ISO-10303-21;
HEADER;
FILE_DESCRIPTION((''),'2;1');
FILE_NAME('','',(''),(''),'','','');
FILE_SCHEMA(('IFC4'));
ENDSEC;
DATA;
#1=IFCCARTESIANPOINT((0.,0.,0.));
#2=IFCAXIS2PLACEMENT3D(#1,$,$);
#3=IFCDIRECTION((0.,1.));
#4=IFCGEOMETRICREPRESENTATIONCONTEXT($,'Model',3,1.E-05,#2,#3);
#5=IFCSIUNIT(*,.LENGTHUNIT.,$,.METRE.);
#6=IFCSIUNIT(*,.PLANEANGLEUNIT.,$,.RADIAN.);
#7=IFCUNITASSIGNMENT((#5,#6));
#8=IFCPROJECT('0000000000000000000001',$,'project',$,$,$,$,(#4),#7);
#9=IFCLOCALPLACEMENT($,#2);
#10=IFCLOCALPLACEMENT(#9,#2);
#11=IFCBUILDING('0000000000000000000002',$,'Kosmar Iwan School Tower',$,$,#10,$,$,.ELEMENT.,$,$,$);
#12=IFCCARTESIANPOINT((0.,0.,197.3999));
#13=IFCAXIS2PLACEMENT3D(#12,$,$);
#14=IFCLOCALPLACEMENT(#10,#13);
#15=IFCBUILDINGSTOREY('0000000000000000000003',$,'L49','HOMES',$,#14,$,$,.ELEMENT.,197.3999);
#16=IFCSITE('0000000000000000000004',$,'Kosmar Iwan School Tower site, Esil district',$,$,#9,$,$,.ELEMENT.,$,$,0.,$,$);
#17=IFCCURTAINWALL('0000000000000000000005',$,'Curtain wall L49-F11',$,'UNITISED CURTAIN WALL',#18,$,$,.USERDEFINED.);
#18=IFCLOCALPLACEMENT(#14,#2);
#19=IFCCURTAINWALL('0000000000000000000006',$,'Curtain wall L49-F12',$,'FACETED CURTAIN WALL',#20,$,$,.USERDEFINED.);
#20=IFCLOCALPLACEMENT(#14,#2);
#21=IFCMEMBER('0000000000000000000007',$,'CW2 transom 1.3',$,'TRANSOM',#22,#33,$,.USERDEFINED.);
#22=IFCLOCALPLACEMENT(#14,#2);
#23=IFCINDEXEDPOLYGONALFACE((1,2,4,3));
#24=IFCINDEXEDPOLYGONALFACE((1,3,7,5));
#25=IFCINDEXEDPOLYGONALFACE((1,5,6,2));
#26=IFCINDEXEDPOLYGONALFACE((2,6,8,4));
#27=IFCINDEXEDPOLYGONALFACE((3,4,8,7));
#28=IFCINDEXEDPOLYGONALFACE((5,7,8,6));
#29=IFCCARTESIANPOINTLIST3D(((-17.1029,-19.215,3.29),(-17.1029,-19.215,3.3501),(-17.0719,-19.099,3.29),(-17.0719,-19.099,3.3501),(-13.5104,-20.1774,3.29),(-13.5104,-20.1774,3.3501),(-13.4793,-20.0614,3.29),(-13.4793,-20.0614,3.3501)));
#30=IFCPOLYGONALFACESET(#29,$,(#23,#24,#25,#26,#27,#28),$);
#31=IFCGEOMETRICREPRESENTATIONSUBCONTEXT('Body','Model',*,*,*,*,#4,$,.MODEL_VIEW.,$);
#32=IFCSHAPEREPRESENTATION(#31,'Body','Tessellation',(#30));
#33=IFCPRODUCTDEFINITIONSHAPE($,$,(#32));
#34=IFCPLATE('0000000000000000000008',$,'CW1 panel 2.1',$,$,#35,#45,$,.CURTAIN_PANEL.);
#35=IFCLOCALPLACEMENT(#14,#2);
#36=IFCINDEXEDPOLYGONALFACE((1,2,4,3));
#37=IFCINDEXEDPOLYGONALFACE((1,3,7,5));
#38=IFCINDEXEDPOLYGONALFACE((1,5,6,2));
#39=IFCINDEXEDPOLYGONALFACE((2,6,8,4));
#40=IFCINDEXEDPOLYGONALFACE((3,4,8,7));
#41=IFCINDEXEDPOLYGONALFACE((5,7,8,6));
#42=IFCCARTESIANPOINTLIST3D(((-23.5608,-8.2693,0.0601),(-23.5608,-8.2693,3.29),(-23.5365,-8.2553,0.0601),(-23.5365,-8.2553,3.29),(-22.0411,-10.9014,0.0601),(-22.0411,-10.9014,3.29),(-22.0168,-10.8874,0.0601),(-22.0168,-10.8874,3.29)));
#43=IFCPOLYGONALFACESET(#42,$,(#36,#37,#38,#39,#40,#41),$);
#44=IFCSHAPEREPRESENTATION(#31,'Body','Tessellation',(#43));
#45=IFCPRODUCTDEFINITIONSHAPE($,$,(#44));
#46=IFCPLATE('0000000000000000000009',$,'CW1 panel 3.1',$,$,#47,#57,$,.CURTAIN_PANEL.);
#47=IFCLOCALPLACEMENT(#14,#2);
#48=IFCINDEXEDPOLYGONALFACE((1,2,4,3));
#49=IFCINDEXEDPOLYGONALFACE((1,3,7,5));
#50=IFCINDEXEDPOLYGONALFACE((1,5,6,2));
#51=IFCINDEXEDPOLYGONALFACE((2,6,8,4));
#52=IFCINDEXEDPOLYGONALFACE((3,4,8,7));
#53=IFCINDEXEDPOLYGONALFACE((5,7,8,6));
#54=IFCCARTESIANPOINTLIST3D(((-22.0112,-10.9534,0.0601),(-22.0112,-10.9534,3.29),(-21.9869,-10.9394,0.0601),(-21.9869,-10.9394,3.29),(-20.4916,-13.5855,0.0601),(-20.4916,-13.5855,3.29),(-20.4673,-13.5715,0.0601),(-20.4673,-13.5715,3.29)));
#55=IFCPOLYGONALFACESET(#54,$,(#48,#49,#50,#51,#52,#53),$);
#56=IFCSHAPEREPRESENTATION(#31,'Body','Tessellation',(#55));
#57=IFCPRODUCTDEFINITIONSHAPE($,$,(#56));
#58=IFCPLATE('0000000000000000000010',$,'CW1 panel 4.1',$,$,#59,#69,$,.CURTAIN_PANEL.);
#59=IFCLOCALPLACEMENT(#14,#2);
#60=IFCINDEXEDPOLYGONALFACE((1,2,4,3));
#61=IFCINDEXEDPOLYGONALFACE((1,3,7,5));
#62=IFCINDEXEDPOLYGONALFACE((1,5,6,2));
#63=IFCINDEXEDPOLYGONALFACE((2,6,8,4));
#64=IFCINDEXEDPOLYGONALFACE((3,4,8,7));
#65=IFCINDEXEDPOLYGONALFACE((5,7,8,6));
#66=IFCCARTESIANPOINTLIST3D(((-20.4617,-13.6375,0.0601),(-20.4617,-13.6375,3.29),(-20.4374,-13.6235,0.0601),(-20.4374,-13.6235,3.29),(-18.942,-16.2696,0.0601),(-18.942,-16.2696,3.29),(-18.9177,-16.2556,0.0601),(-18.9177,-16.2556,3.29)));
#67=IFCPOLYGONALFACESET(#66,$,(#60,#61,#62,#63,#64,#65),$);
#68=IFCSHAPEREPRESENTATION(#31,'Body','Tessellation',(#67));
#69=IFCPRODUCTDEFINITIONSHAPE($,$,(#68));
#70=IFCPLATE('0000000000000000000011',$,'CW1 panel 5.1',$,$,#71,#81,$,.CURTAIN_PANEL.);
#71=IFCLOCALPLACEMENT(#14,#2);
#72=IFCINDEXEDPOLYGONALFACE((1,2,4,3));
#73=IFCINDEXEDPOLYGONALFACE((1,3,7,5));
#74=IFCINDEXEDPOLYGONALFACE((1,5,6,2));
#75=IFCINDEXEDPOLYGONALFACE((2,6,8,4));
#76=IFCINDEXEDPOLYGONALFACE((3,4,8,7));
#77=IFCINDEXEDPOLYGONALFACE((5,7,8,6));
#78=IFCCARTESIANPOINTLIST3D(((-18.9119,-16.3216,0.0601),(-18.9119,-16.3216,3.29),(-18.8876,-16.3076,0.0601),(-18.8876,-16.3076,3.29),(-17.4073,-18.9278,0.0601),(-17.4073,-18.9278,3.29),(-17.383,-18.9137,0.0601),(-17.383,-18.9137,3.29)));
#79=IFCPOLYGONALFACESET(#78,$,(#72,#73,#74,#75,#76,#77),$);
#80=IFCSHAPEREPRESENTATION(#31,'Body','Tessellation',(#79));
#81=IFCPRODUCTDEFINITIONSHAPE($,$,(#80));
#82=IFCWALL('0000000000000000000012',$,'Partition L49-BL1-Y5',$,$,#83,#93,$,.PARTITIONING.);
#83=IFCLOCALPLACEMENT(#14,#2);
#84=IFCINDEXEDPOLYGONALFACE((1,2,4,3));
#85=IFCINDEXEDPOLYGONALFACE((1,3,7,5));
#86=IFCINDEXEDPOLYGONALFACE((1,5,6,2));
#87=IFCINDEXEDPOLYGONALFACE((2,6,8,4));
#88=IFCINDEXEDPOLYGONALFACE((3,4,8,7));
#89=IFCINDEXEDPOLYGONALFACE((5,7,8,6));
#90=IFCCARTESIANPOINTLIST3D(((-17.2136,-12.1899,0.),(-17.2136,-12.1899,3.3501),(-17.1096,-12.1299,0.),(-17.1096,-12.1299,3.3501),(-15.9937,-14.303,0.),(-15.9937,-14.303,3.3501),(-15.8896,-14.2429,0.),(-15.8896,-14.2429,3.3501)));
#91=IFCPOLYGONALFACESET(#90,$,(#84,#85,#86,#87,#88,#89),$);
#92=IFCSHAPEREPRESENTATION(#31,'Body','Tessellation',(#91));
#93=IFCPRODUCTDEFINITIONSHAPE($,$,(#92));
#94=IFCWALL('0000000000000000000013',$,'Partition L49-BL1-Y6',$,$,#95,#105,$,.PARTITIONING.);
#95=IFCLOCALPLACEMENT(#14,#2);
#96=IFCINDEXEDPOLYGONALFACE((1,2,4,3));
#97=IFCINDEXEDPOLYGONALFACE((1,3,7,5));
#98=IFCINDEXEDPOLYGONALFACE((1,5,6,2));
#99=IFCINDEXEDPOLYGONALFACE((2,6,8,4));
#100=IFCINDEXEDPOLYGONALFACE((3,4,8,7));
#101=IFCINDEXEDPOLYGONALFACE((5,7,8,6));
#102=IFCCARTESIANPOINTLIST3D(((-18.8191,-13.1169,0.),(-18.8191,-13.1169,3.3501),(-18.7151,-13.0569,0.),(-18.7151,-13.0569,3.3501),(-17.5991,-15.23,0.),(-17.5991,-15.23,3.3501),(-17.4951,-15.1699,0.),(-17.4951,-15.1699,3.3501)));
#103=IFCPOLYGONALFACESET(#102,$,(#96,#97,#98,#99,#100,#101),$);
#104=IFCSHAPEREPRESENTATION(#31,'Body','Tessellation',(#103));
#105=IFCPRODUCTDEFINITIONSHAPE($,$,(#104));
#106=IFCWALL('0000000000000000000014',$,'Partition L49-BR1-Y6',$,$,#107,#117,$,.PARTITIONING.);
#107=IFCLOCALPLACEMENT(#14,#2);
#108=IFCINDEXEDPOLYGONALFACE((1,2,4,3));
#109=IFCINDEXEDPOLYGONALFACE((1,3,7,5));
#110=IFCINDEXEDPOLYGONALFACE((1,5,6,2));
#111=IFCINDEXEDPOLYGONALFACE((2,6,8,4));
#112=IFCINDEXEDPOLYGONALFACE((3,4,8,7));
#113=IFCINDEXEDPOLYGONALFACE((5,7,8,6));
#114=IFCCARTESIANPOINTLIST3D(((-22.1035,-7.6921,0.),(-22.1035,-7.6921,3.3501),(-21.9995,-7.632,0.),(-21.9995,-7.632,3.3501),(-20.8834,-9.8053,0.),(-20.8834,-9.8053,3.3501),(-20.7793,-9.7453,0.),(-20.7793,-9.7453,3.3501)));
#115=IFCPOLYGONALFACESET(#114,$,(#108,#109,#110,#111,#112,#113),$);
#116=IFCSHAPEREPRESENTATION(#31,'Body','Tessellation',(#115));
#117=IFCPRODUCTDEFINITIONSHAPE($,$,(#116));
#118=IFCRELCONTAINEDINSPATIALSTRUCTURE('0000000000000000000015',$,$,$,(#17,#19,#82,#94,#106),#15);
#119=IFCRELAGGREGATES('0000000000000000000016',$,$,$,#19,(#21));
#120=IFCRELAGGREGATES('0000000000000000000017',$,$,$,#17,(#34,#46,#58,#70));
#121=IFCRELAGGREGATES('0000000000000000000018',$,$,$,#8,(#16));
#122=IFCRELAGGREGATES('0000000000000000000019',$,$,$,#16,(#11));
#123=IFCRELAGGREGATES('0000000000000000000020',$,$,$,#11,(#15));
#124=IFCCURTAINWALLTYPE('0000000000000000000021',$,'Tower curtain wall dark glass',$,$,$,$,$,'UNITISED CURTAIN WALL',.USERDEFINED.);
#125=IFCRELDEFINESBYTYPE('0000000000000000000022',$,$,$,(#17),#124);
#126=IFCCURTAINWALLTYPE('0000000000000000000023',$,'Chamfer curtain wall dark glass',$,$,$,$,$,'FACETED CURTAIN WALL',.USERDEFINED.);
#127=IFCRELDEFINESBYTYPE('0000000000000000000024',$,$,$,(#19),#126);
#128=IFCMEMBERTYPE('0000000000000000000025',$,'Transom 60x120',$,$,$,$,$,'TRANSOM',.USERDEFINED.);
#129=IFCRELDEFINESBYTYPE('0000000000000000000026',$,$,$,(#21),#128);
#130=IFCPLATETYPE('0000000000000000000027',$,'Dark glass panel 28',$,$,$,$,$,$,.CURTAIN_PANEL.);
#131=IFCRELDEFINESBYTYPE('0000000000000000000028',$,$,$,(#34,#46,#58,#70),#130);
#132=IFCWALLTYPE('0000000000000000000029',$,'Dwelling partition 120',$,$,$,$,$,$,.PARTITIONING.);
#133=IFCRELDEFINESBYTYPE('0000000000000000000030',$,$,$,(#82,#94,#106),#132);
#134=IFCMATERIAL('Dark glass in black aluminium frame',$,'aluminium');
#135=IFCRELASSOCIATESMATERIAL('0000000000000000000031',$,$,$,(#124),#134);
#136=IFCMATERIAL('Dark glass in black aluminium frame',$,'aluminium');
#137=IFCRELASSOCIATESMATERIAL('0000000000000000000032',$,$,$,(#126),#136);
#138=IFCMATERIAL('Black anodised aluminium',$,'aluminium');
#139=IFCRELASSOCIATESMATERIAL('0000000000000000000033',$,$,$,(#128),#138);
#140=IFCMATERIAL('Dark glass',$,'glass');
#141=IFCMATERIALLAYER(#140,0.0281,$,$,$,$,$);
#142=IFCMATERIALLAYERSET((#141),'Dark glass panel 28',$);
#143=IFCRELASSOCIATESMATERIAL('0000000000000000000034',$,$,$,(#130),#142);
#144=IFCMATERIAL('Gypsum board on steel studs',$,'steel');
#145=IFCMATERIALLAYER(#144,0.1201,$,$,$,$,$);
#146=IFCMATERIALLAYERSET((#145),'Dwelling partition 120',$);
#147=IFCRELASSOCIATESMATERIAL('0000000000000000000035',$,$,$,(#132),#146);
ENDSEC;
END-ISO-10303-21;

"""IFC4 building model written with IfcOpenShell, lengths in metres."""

from ifc_helpers import new_model, si_unit, direction, frame, frame_2d, origin, origin_2d, place, context, subcontext, project, spatial, rectangle, extrude, material, layer, layer_set, material_profile, profile_set, type_object, element, aggregate, save


model = new_model("IFC4")

# Units and contexts
model_context = context("Model", 3, precision=1e-05, world=origin(), true_north=direction((0.0, 1.0)))
body_context = subcontext(model_context, "Body", "Model", "MODEL_VIEW")
ifc_project = project(units=[si_unit("LENGTHUNIT", "METRE"), si_unit("PLANEANGLEUNIT", "RADIAN")], contexts=[model_context])

# Site, building, storey
site_placement = place(None, origin())
site = spatial("IfcSite", under=ifc_project, at=site_placement, Name="Kosmar Iwan School Tower site, Esil district", CompositionType="ELEMENT", RefElevation=0.0)
building_placement = place(site_placement, origin())
building = spatial("IfcBuilding", under=site, at=building_placement, Name="Kosmar Iwan School Tower", CompositionType="ELEMENT")
storey_placement = place(building_placement, frame((0.0, 0.0, 197.3999)))
storey = spatial("IfcBuildingStorey", under=building, at=storey_placement, Name="L49", Description="HOMES", CompositionType="ELEMENT", Elevation=197.3999)

# Curtain wall
ifc_material_1 = material(Name="Dark glass in black aluminium frame", Category="aluminium")
curtain_wall_type_1 = type_object("IfcCurtainWallType", Name="Tower curtain wall dark glass", ElementType="UNITISED CURTAIN WALL", PredefinedType="USERDEFINED", material=ifc_material_1)
curtain_wall_1_placement = place(storey_placement, origin())
curtain_wall_1 = element("IfcCurtainWall", 1, at=curtain_wall_1_placement, inside=storey, type_object=curtain_wall_type_1, Name="Curtain wall L49-F11", ObjectType="UNITISED CURTAIN WALL", PredefinedType="USERDEFINED")

# Curtain wall
ifc_material_2 = material(Name="Dark glass in black aluminium frame", Category="aluminium")
curtain_wall_type_2 = type_object("IfcCurtainWallType", Name="Chamfer curtain wall dark glass", ElementType="FACETED CURTAIN WALL", PredefinedType="USERDEFINED", material=ifc_material_2)
curtain_wall_2_placement = place(storey_placement, origin())
curtain_wall_2 = element("IfcCurtainWall", 2, at=curtain_wall_2_placement, inside=storey, type_object=curtain_wall_type_2, Name="Curtain wall L49-F12", ObjectType="FACETED CURTAIN WALL", PredefinedType="USERDEFINED")

# Member
ifc_material_3 = material(Name="Black anodised aluminium", Category="aluminium")
ifc_material_profile_1 = material_profile(ifc_material_3, rectangle(XDim=0.1201, YDim=0.0601, at=origin_2d()), Name="TRANSOM 60x120")
ifc_profile_set_1 = profile_set([ifc_material_profile_1], Name="Black anodised aluminium")
member_type_1 = type_object("IfcMemberType", Name="Transom 60x120", ElementType="TRANSOM", PredefinedType="USERDEFINED", material=ifc_profile_set_1)
member_1_placement = place(storey_placement, frame((-17.0874, -19.157, 3.3201), z_axis=(0.96594, -0.258766, 0.0), x_axis=(0.258766, 0.96594, 0.0)))
member_1 = element("IfcMember", 3, at=member_1_placement, type_object=member_type_1, Name="CW2 transom 1.3", ObjectType="TRANSOM", PredefinedType="USERDEFINED", context=body_context, shape_type="SweptSolid", body=[
    extrude(rectangle(XDim=0.1201, YDim=0.0601, at=origin_2d()), origin(), (0.0, 0.0, 1.0), 3.7192),
])
aggregate(curtain_wall_2, [member_1])

# Plates
ifc_material_4 = material(Name="Dark glass", Category="glass")
ifc_layer_1 = layer(ifc_material_4, 0.0281)
ifc_layer_set_1 = layer_set([ifc_layer_1], Name="Dark glass panel 28")
plate_type = type_object("IfcPlateType", Name="Dark glass panel 28", PredefinedType="CURTAIN_PANEL", material=ifc_layer_set_1)
plate_1_placement = place(storey_placement, frame((-22.7888, -9.5784, 0.0601), z_axis=(0.0, 0.0, 1.0), x_axis=(0.5, -0.866025, 0.0)))
plate_1 = element("IfcPlate", 4, at=plate_1_placement, type_object=plate_type, Name="CW1 panel 2.1", PredefinedType="CURTAIN_PANEL", context=body_context, shape_type="SweptSolid", body=[
    extrude(rectangle(XDim=3.0393, YDim=0.0281, at=origin_2d()), origin(), (0.0, 0.0, 1.0), 3.23),
])
plate_2_placement = place(storey_placement, frame((-21.2393, -12.2625, 0.0601), z_axis=(0.0, 0.0, 1.0), x_axis=(0.5, -0.866025, 0.0)))
plate_2 = element("IfcPlate", 5, at=plate_2_placement, type_object=plate_type, Name="CW1 panel 3.1", PredefinedType="CURTAIN_PANEL", context=body_context, shape_type="SweptSolid", body=[
    extrude(rectangle(XDim=3.0393, YDim=0.0281, at=origin_2d()), origin(), (0.0, 0.0, 1.0), 3.23),
])
plate_3_placement = place(storey_placement, frame((-19.6897, -14.9465, 0.0601), z_axis=(0.0, 0.0, 1.0), x_axis=(0.5, -0.866025, 0.0)))
plate_3 = element("IfcPlate", 6, at=plate_3_placement, type_object=plate_type, Name="CW1 panel 4.1", PredefinedType="CURTAIN_PANEL", context=body_context, shape_type="SweptSolid", body=[
    extrude(rectangle(XDim=3.0393, YDim=0.0281, at=origin_2d()), origin(), (0.0, 0.0, 1.0), 3.23),
])
plate_4_placement = place(storey_placement, frame((-18.1475, -17.6177, 0.0601), z_axis=(0.0, 0.0, 1.0), x_axis=(0.5, -0.866025, 0.0)))
plate_4 = element("IfcPlate", 7, at=plate_4_placement, type_object=plate_type, Name="CW1 panel 5.1", PredefinedType="CURTAIN_PANEL", context=body_context, shape_type="SweptSolid", body=[
    extrude(rectangle(XDim=3.0093, YDim=0.0281, at=origin_2d()), origin(), (0.0, 0.0, 1.0), 3.23),
])
aggregate(curtain_wall_1, [plate_1, plate_2, plate_3, plate_4])

# Walls
ifc_material_5 = material(Name="Gypsum board on steel studs", Category="steel")
ifc_layer_2 = layer(ifc_material_5, 0.1201)
ifc_layer_set_2 = layer_set([ifc_layer_2], Name="Dwelling partition 120")
wall_type = type_object("IfcWallType", Name="Dwelling partition 120", PredefinedType="PARTITIONING", material=ifc_layer_set_2)
for number, where, z_axis, x_axis, name in (
    (8, (-17.1616, -12.1599, 0.0), (0.0, 0.0, 1.0), (0.500003, -0.866024, 0.0), "Partition L49-BL1-Y5"),
    (9, (-18.7671, -13.0869, 0.0), (0.0, 0.0, 1.0), (0.500003, -0.866024, 0.0), "Partition L49-BL1-Y6"),
):
    element("IfcWall", number, at=place(storey_placement, frame(where, z_axis=z_axis, x_axis=x_axis)), inside=storey, type_object=wall_type, Name=name, PredefinedType="PARTITIONING", context=body_context, shape_type="SweptSolid", body=[
        extrude(rectangle(XDim=2.4399, YDim=0.1201, at=frame_2d((1.22, 0.0))), origin(), (0.0, 0.0, 1.0), 3.3501),
    ])
wall_placement = place(storey_placement, frame((-20.8313, -9.7754, 0.0), z_axis=(0.0, 0.0, 1.0), x_axis=(-0.500034, 0.866006, 0.0)))
element("IfcWall", 10, at=wall_placement, inside=storey, type_object=wall_type, Name="Partition L49-BR1-Y6", PredefinedType="PARTITIONING", context=body_context, shape_type="SweptSolid", body=[
    extrude(rectangle(XDim=2.4402, YDim=0.1201, at=frame_2d((1.2202, 0.0))), origin(), (0.0, 0.0, 1.0), 3.3501),
])

save(model, "model.ifc")
